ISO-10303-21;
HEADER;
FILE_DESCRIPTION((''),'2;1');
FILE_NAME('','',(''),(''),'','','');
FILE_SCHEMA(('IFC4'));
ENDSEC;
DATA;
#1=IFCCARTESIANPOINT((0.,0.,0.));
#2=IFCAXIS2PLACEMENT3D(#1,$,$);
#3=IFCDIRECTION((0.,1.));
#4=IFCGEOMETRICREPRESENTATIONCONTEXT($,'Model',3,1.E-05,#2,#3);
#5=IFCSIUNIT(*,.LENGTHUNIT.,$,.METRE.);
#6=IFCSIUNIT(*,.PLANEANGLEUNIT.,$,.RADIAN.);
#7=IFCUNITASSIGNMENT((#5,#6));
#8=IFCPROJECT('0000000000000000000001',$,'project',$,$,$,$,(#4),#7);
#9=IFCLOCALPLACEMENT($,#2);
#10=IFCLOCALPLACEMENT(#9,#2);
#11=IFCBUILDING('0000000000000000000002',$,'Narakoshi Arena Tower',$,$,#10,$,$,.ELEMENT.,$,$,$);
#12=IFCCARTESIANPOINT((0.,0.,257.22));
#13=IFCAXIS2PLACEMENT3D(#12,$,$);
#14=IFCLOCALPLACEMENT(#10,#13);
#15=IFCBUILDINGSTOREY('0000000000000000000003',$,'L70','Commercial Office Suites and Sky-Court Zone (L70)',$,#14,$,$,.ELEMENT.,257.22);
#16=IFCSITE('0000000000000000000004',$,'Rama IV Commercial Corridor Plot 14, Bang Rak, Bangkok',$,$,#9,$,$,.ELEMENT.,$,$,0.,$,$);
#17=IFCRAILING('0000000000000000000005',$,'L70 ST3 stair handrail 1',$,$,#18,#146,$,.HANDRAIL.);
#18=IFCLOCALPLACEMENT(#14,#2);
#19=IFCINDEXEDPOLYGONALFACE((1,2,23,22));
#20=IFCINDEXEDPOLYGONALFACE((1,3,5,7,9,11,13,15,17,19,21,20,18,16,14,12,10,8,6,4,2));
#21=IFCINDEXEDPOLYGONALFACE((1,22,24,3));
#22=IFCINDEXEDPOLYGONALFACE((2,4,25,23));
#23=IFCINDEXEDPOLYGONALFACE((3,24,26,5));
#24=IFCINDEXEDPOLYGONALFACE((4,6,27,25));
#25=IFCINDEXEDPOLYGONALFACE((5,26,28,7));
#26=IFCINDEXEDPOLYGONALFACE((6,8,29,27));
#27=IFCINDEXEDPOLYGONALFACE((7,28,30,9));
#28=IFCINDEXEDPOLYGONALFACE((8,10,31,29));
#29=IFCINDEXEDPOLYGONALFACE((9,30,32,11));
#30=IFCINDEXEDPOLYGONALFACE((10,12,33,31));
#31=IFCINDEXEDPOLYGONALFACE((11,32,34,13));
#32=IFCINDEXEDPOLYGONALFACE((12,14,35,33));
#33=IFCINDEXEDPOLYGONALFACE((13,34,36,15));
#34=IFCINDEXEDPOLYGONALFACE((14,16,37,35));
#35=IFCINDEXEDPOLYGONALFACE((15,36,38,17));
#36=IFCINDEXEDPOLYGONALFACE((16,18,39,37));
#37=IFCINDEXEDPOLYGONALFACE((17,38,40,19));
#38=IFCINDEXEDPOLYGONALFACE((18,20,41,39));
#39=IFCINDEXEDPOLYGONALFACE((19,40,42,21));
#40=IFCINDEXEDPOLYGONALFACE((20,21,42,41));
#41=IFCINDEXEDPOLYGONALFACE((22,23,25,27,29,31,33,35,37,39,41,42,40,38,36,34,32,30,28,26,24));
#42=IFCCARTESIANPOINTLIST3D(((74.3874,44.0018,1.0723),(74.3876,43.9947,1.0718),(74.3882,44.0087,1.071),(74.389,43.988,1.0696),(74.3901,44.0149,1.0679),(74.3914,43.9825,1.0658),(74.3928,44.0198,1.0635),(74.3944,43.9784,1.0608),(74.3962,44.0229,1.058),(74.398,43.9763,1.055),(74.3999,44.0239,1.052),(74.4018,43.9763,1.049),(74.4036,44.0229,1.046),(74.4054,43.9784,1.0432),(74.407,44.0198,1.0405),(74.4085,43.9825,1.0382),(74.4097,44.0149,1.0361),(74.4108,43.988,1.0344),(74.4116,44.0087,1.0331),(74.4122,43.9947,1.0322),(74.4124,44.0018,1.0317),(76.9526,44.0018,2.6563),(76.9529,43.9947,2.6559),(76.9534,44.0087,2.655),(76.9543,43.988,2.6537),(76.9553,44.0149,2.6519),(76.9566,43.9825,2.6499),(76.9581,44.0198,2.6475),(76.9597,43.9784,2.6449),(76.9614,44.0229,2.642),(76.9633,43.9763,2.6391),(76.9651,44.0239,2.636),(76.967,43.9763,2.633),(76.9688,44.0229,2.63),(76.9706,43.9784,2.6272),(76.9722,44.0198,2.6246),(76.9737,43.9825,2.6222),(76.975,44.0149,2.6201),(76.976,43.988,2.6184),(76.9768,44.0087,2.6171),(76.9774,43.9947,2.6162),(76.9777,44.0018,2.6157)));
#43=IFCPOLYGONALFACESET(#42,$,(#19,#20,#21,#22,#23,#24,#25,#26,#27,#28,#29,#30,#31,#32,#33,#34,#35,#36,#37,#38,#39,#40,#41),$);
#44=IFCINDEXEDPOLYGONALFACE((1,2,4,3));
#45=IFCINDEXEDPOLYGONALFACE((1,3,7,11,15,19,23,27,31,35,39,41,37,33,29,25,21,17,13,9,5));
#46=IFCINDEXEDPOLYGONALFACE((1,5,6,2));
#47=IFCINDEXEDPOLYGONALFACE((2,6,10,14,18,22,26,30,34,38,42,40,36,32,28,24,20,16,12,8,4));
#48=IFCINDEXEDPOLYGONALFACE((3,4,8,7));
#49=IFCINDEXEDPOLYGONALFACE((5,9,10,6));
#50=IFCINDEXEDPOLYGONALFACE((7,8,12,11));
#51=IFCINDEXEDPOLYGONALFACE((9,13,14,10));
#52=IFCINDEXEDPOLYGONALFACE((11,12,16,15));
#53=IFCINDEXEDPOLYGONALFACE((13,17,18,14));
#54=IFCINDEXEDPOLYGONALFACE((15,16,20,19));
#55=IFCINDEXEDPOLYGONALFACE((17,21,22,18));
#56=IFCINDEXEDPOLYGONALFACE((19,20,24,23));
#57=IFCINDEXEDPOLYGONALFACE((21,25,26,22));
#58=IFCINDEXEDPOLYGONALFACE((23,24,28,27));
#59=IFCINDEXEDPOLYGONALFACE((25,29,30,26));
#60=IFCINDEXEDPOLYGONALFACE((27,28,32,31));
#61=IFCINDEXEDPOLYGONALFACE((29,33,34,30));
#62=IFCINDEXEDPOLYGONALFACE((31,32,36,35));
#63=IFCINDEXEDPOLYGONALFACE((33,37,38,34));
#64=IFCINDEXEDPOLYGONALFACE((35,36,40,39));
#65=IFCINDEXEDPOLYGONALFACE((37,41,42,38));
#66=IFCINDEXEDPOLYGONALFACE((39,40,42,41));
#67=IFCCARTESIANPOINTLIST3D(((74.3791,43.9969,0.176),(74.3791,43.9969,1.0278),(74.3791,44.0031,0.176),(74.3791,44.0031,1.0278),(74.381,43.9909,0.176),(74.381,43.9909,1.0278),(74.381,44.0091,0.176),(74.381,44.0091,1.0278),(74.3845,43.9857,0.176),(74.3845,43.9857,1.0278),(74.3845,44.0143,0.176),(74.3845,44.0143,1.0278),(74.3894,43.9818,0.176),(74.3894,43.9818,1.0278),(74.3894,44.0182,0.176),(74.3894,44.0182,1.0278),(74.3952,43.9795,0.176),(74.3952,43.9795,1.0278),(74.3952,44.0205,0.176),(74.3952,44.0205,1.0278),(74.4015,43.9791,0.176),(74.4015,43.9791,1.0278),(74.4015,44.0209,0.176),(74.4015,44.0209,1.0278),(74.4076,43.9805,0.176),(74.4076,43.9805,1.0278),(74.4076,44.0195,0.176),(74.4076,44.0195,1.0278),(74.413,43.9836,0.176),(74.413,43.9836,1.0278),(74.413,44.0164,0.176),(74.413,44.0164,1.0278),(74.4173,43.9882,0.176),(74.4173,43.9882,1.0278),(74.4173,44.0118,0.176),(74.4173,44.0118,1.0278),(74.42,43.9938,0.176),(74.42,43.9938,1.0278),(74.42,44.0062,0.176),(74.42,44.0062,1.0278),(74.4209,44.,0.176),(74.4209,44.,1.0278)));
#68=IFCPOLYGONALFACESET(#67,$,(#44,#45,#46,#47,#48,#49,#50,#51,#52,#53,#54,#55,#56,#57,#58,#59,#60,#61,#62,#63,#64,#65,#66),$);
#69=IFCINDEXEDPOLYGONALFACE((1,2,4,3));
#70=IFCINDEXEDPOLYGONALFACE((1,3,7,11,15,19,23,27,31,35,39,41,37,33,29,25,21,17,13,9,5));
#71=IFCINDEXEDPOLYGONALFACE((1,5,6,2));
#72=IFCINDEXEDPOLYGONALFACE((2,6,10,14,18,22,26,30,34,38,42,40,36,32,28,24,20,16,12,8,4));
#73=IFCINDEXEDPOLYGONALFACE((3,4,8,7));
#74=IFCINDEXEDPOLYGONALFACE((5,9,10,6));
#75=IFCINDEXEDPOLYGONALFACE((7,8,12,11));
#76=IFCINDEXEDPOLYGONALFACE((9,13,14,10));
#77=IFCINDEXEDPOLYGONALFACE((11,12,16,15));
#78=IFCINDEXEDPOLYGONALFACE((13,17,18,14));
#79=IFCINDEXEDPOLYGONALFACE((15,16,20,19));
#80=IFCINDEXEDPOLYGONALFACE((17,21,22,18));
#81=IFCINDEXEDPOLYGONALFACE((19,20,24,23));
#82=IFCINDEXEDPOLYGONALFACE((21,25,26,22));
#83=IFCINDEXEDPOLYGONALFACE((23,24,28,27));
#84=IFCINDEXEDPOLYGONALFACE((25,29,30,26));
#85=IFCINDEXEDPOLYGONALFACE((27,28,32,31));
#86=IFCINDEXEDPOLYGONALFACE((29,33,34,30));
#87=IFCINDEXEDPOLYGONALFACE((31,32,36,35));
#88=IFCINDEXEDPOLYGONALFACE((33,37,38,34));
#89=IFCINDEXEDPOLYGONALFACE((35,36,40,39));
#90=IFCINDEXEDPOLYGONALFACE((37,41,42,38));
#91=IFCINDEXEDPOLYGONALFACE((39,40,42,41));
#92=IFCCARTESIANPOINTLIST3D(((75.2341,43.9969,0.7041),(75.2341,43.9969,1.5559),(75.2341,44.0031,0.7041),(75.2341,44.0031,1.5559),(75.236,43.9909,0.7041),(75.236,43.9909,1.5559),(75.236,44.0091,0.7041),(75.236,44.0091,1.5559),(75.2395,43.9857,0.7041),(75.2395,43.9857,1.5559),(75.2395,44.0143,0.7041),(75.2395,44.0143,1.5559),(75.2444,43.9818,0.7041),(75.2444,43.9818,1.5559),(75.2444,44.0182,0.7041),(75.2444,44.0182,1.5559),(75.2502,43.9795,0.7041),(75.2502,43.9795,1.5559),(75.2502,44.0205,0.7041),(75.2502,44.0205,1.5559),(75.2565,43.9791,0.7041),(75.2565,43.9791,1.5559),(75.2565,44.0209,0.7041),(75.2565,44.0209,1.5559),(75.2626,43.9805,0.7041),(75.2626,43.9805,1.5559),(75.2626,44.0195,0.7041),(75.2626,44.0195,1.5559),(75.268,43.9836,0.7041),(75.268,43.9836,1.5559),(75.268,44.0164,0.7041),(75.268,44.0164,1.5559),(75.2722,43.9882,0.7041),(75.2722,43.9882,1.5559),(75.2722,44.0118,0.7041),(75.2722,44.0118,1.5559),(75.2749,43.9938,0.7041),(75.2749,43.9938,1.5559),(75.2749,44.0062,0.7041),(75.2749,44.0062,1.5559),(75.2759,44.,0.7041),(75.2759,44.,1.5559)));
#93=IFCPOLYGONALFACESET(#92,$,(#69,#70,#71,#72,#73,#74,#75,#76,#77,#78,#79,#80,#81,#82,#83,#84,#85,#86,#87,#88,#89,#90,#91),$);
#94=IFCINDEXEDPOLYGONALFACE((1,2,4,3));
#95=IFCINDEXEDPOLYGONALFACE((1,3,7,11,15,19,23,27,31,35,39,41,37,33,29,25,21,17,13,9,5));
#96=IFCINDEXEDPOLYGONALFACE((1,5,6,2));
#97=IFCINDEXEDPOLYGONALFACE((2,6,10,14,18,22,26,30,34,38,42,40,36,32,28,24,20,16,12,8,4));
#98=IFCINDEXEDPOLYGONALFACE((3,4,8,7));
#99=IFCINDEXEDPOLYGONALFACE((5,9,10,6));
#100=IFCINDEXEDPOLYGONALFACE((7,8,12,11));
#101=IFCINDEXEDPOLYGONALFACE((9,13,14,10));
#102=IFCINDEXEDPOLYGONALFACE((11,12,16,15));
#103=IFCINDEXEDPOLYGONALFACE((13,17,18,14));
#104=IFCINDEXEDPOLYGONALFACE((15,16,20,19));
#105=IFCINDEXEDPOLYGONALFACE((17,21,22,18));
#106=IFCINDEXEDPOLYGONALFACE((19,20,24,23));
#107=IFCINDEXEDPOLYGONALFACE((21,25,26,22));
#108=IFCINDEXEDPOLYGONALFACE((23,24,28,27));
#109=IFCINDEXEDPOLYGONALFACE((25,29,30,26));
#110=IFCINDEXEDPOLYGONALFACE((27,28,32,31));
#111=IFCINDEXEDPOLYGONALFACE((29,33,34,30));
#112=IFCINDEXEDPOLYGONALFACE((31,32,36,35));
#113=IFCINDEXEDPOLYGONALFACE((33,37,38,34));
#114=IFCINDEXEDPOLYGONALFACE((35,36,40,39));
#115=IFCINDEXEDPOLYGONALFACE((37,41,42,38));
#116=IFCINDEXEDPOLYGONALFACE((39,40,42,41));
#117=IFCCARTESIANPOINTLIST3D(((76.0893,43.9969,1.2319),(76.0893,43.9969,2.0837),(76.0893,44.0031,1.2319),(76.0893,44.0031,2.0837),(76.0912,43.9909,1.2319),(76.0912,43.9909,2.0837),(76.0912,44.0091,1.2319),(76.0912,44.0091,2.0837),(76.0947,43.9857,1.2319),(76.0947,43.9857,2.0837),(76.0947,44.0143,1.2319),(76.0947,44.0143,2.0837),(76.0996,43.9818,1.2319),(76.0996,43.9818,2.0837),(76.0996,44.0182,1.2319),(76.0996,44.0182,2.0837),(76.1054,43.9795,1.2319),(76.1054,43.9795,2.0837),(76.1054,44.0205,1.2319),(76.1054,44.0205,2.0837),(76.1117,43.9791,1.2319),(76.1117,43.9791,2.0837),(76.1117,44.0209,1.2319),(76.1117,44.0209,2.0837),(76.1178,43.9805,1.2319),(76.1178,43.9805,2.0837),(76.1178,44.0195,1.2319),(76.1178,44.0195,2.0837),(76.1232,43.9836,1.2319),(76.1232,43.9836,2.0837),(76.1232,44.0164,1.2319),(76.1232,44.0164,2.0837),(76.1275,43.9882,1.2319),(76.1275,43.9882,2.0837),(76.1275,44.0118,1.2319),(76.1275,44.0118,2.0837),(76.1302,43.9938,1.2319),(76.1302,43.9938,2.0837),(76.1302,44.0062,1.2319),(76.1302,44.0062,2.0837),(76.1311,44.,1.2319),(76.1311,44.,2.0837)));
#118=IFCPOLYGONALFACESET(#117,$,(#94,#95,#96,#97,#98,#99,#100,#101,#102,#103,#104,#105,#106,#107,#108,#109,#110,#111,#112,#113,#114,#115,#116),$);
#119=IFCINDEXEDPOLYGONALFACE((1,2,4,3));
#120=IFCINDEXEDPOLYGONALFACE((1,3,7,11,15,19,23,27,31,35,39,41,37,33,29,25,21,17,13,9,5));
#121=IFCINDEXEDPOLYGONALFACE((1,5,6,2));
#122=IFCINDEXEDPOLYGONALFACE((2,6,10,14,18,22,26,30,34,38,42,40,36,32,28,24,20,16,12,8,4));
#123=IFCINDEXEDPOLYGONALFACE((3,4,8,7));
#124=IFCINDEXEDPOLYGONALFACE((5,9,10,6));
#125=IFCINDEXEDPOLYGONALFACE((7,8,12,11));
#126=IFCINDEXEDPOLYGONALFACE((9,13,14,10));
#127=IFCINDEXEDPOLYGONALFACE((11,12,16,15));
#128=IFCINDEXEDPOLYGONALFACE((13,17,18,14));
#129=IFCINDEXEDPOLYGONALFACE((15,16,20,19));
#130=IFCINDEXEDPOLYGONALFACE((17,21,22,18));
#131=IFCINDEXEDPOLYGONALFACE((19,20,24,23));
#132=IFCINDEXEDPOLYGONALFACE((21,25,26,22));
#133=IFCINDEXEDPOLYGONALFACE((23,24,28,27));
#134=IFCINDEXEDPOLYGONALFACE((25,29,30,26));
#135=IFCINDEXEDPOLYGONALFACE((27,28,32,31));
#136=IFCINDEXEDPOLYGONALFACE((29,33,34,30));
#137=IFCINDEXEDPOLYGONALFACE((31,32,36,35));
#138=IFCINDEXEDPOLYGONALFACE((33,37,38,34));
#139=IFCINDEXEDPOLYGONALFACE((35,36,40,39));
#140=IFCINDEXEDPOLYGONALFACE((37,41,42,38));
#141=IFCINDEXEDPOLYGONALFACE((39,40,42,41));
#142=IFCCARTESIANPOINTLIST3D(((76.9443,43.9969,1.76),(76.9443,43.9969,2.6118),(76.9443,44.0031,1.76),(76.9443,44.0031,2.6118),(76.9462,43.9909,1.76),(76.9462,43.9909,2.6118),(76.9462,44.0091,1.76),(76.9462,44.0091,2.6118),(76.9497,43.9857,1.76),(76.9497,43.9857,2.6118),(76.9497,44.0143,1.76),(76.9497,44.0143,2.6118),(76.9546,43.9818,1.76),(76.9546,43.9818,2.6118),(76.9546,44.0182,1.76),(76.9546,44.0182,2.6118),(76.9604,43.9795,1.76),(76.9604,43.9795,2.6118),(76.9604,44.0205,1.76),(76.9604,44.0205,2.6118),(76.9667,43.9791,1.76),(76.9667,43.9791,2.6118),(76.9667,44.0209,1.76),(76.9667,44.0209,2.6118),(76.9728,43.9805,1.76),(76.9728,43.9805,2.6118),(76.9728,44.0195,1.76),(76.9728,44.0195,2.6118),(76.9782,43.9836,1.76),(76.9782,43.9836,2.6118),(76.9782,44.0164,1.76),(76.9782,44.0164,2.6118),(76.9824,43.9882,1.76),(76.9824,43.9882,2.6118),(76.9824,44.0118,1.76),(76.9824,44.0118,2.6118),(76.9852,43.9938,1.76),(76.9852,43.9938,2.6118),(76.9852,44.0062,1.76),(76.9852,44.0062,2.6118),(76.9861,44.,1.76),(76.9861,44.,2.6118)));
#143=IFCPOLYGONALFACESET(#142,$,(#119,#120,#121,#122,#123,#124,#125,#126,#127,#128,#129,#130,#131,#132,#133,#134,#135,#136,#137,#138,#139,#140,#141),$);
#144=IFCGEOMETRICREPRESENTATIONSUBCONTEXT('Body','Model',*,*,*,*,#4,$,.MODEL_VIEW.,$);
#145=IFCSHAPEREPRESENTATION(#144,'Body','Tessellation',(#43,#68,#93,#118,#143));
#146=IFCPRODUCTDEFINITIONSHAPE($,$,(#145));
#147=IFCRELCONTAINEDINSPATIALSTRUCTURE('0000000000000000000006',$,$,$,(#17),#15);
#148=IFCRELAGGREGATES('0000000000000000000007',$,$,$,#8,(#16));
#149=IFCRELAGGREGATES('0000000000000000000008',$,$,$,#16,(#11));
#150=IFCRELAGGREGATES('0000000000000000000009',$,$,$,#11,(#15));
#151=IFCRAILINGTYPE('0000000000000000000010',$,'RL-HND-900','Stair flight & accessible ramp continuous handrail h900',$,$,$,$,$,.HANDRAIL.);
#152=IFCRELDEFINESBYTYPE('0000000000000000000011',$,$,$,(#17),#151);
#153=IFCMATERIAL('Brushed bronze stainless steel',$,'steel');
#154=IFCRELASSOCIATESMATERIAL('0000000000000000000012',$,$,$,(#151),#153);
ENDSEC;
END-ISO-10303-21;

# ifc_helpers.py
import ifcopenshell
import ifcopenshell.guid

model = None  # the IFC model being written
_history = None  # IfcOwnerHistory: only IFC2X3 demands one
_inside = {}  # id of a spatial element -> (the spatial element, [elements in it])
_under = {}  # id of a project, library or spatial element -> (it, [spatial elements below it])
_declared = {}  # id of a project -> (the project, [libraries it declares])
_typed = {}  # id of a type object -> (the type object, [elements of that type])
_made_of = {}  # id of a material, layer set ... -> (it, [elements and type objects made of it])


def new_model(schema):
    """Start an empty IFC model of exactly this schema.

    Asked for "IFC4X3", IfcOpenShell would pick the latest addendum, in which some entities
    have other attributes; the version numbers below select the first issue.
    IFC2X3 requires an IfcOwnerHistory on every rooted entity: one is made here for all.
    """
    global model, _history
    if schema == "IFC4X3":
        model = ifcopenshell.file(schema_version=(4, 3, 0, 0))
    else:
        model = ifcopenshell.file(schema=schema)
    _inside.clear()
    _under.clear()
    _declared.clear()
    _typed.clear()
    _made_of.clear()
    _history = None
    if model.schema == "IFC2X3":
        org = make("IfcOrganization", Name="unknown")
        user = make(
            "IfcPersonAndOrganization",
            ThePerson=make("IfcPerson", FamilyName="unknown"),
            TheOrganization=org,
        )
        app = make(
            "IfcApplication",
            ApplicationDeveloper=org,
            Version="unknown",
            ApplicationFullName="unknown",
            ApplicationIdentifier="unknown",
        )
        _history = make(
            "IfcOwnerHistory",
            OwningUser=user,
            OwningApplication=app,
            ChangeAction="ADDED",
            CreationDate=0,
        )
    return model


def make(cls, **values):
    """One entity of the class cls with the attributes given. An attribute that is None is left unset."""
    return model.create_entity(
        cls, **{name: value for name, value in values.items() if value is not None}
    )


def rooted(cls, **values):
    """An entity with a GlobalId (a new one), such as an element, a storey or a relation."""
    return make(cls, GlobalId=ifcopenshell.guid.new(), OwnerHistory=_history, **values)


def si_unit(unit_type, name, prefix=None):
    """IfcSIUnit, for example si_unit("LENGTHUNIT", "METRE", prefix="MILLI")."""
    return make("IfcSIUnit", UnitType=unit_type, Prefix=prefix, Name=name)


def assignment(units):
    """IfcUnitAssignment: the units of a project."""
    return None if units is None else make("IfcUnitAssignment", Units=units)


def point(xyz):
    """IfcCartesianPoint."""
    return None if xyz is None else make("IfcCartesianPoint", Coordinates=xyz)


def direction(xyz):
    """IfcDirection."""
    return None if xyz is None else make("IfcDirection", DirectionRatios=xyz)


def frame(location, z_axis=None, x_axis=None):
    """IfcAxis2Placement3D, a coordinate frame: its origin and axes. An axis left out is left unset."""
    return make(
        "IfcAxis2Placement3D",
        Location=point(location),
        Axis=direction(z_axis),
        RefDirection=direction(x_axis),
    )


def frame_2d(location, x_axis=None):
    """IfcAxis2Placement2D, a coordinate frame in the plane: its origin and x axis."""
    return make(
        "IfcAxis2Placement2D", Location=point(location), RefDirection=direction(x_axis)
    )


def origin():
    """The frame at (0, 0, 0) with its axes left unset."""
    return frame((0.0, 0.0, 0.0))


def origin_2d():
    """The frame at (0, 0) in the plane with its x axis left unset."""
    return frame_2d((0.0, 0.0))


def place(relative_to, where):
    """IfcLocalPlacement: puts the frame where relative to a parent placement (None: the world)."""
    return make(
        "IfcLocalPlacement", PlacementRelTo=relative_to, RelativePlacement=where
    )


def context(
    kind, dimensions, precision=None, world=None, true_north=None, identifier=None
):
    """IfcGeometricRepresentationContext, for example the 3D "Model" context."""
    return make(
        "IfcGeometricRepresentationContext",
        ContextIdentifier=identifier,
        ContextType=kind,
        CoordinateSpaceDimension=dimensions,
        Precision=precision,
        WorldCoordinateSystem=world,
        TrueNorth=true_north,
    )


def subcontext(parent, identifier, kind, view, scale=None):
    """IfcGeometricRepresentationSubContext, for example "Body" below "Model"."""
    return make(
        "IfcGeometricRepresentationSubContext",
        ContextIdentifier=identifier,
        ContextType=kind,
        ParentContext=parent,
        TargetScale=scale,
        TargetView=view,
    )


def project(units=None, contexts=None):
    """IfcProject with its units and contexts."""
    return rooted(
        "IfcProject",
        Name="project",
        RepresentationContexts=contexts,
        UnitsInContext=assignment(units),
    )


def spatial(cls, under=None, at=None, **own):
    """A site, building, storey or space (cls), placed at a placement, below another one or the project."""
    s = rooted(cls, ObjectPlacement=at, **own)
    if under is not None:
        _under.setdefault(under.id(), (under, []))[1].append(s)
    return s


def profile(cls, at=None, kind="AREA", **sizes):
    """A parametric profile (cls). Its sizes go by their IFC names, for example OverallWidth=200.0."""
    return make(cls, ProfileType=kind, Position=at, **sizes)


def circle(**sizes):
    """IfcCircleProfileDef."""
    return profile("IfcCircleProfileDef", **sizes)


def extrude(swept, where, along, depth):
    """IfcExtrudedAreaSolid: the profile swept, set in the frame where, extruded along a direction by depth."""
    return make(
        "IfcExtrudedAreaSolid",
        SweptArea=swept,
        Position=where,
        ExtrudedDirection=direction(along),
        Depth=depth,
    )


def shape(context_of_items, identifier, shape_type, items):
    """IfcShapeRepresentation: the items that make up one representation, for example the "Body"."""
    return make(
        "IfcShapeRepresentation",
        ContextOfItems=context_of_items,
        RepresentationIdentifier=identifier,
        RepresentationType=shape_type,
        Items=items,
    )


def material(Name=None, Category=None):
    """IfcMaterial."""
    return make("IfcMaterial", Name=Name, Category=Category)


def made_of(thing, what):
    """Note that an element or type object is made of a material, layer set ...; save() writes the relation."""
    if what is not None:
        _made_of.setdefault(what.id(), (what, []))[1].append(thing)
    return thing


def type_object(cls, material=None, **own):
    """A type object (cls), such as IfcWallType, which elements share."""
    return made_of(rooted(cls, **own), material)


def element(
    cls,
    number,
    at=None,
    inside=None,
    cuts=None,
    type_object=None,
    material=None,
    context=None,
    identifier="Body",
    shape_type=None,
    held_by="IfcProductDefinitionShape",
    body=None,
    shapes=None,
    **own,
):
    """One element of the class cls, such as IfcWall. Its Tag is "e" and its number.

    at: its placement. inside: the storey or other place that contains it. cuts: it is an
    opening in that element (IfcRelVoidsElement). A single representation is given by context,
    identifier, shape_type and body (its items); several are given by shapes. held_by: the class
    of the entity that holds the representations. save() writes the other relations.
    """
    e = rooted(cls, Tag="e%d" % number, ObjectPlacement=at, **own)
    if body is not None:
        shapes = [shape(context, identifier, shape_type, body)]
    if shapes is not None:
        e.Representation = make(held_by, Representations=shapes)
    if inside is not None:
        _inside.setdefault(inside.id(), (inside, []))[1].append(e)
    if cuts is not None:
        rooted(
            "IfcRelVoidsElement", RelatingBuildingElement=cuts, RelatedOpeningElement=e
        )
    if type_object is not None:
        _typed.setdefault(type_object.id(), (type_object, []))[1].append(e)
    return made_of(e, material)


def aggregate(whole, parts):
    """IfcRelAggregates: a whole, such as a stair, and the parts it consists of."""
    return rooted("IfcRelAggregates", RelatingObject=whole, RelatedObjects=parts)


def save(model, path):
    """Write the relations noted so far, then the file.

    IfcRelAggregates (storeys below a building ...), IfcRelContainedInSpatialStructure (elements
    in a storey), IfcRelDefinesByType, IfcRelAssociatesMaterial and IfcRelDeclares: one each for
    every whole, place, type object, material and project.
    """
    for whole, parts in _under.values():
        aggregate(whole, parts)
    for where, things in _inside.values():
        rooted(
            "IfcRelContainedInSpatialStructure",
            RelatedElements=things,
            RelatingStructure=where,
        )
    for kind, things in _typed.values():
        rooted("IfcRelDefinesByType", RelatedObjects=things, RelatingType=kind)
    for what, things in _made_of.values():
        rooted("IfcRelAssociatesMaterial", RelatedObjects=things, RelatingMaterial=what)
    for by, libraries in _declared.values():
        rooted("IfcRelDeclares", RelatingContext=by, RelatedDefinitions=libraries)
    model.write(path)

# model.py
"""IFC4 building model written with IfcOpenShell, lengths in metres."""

from ifc_helpers import new_model, si_unit, direction, frame, origin, origin_2d, place, context, subcontext, project, spatial, circle, extrude, material, type_object, element, save


model = new_model("IFC4")

# Units and contexts
model_context = context("Model", 3, precision=1e-05, world=origin(), true_north=direction((0.0, 1.0)))
body_context = subcontext(model_context, "Body", "Model", "MODEL_VIEW")
ifc_project = project(units=[si_unit("LENGTHUNIT", "METRE"), si_unit("PLANEANGLEUNIT", "RADIAN")], contexts=[model_context])

# Site, building, storey
site_placement = place(None, origin())
site = spatial("IfcSite", under=ifc_project, at=site_placement, Name="Rama IV Commercial Corridor Plot 14, Bang Rak, Bangkok", CompositionType="ELEMENT", RefElevation=0.0)
building_placement = place(site_placement, origin())
building = spatial("IfcBuilding", under=site, at=building_placement, Name="Narakoshi Arena Tower", CompositionType="ELEMENT")
storey_placement = place(building_placement, frame((0.0, 0.0, 257.22)))
storey = spatial("IfcBuildingStorey", under=building, at=storey_placement, Name="L70", Description="Commercial Office Suites and Sky-Court Zone (L70)", CompositionType="ELEMENT", Elevation=257.22)

# Railing
ifc_material_1 = material(Name="Brushed bronze stainless steel", Category="steel")
railing_type_1 = type_object("IfcRailingType", Name="RL-HND-900", Description="Stair flight & accessible ramp continuous handrail h900", PredefinedType="HANDRAIL", material=ifc_material_1)
railing_1_placement = place(storey_placement, frame((74.3999, 44.0, 0.176)))
element("IfcRailing", 1, at=railing_1_placement, inside=storey, type_object=railing_type_1, Name="L70 ST3 stair handrail 1", PredefinedType="HANDRAIL", context=body_context, shape_type="SweptSolid", body=[
    extrude(circle(Radius=0.0239, at=origin_2d()), frame((0.0, 0.0, 0.876), z_axis=(0.850857, 0.0, 0.525398), x_axis=(0.0, 1.0, 0.0)), (0.0, 0.0, 1.0), 3.0149),
    extrude(circle(Radius=0.021, at=origin_2d()), origin(), (0.0, 0.0, 1.0), 0.8518),
    extrude(circle(Radius=0.021, at=origin_2d()), frame((0.855, 0.0, 0.5281)), (0.0, 0.0, 1.0), 0.8518),
    extrude(circle(Radius=0.021, at=origin_2d()), frame((1.7102, 0.0, 1.0559)), (0.0, 0.0, 1.0), 0.8518),
    extrude(circle(Radius=0.021, at=origin_2d()), frame((2.5652, 0.0, 1.584)), (0.0, 0.0, 1.0), 0.8518),
])

save(model, "model.ifc")
